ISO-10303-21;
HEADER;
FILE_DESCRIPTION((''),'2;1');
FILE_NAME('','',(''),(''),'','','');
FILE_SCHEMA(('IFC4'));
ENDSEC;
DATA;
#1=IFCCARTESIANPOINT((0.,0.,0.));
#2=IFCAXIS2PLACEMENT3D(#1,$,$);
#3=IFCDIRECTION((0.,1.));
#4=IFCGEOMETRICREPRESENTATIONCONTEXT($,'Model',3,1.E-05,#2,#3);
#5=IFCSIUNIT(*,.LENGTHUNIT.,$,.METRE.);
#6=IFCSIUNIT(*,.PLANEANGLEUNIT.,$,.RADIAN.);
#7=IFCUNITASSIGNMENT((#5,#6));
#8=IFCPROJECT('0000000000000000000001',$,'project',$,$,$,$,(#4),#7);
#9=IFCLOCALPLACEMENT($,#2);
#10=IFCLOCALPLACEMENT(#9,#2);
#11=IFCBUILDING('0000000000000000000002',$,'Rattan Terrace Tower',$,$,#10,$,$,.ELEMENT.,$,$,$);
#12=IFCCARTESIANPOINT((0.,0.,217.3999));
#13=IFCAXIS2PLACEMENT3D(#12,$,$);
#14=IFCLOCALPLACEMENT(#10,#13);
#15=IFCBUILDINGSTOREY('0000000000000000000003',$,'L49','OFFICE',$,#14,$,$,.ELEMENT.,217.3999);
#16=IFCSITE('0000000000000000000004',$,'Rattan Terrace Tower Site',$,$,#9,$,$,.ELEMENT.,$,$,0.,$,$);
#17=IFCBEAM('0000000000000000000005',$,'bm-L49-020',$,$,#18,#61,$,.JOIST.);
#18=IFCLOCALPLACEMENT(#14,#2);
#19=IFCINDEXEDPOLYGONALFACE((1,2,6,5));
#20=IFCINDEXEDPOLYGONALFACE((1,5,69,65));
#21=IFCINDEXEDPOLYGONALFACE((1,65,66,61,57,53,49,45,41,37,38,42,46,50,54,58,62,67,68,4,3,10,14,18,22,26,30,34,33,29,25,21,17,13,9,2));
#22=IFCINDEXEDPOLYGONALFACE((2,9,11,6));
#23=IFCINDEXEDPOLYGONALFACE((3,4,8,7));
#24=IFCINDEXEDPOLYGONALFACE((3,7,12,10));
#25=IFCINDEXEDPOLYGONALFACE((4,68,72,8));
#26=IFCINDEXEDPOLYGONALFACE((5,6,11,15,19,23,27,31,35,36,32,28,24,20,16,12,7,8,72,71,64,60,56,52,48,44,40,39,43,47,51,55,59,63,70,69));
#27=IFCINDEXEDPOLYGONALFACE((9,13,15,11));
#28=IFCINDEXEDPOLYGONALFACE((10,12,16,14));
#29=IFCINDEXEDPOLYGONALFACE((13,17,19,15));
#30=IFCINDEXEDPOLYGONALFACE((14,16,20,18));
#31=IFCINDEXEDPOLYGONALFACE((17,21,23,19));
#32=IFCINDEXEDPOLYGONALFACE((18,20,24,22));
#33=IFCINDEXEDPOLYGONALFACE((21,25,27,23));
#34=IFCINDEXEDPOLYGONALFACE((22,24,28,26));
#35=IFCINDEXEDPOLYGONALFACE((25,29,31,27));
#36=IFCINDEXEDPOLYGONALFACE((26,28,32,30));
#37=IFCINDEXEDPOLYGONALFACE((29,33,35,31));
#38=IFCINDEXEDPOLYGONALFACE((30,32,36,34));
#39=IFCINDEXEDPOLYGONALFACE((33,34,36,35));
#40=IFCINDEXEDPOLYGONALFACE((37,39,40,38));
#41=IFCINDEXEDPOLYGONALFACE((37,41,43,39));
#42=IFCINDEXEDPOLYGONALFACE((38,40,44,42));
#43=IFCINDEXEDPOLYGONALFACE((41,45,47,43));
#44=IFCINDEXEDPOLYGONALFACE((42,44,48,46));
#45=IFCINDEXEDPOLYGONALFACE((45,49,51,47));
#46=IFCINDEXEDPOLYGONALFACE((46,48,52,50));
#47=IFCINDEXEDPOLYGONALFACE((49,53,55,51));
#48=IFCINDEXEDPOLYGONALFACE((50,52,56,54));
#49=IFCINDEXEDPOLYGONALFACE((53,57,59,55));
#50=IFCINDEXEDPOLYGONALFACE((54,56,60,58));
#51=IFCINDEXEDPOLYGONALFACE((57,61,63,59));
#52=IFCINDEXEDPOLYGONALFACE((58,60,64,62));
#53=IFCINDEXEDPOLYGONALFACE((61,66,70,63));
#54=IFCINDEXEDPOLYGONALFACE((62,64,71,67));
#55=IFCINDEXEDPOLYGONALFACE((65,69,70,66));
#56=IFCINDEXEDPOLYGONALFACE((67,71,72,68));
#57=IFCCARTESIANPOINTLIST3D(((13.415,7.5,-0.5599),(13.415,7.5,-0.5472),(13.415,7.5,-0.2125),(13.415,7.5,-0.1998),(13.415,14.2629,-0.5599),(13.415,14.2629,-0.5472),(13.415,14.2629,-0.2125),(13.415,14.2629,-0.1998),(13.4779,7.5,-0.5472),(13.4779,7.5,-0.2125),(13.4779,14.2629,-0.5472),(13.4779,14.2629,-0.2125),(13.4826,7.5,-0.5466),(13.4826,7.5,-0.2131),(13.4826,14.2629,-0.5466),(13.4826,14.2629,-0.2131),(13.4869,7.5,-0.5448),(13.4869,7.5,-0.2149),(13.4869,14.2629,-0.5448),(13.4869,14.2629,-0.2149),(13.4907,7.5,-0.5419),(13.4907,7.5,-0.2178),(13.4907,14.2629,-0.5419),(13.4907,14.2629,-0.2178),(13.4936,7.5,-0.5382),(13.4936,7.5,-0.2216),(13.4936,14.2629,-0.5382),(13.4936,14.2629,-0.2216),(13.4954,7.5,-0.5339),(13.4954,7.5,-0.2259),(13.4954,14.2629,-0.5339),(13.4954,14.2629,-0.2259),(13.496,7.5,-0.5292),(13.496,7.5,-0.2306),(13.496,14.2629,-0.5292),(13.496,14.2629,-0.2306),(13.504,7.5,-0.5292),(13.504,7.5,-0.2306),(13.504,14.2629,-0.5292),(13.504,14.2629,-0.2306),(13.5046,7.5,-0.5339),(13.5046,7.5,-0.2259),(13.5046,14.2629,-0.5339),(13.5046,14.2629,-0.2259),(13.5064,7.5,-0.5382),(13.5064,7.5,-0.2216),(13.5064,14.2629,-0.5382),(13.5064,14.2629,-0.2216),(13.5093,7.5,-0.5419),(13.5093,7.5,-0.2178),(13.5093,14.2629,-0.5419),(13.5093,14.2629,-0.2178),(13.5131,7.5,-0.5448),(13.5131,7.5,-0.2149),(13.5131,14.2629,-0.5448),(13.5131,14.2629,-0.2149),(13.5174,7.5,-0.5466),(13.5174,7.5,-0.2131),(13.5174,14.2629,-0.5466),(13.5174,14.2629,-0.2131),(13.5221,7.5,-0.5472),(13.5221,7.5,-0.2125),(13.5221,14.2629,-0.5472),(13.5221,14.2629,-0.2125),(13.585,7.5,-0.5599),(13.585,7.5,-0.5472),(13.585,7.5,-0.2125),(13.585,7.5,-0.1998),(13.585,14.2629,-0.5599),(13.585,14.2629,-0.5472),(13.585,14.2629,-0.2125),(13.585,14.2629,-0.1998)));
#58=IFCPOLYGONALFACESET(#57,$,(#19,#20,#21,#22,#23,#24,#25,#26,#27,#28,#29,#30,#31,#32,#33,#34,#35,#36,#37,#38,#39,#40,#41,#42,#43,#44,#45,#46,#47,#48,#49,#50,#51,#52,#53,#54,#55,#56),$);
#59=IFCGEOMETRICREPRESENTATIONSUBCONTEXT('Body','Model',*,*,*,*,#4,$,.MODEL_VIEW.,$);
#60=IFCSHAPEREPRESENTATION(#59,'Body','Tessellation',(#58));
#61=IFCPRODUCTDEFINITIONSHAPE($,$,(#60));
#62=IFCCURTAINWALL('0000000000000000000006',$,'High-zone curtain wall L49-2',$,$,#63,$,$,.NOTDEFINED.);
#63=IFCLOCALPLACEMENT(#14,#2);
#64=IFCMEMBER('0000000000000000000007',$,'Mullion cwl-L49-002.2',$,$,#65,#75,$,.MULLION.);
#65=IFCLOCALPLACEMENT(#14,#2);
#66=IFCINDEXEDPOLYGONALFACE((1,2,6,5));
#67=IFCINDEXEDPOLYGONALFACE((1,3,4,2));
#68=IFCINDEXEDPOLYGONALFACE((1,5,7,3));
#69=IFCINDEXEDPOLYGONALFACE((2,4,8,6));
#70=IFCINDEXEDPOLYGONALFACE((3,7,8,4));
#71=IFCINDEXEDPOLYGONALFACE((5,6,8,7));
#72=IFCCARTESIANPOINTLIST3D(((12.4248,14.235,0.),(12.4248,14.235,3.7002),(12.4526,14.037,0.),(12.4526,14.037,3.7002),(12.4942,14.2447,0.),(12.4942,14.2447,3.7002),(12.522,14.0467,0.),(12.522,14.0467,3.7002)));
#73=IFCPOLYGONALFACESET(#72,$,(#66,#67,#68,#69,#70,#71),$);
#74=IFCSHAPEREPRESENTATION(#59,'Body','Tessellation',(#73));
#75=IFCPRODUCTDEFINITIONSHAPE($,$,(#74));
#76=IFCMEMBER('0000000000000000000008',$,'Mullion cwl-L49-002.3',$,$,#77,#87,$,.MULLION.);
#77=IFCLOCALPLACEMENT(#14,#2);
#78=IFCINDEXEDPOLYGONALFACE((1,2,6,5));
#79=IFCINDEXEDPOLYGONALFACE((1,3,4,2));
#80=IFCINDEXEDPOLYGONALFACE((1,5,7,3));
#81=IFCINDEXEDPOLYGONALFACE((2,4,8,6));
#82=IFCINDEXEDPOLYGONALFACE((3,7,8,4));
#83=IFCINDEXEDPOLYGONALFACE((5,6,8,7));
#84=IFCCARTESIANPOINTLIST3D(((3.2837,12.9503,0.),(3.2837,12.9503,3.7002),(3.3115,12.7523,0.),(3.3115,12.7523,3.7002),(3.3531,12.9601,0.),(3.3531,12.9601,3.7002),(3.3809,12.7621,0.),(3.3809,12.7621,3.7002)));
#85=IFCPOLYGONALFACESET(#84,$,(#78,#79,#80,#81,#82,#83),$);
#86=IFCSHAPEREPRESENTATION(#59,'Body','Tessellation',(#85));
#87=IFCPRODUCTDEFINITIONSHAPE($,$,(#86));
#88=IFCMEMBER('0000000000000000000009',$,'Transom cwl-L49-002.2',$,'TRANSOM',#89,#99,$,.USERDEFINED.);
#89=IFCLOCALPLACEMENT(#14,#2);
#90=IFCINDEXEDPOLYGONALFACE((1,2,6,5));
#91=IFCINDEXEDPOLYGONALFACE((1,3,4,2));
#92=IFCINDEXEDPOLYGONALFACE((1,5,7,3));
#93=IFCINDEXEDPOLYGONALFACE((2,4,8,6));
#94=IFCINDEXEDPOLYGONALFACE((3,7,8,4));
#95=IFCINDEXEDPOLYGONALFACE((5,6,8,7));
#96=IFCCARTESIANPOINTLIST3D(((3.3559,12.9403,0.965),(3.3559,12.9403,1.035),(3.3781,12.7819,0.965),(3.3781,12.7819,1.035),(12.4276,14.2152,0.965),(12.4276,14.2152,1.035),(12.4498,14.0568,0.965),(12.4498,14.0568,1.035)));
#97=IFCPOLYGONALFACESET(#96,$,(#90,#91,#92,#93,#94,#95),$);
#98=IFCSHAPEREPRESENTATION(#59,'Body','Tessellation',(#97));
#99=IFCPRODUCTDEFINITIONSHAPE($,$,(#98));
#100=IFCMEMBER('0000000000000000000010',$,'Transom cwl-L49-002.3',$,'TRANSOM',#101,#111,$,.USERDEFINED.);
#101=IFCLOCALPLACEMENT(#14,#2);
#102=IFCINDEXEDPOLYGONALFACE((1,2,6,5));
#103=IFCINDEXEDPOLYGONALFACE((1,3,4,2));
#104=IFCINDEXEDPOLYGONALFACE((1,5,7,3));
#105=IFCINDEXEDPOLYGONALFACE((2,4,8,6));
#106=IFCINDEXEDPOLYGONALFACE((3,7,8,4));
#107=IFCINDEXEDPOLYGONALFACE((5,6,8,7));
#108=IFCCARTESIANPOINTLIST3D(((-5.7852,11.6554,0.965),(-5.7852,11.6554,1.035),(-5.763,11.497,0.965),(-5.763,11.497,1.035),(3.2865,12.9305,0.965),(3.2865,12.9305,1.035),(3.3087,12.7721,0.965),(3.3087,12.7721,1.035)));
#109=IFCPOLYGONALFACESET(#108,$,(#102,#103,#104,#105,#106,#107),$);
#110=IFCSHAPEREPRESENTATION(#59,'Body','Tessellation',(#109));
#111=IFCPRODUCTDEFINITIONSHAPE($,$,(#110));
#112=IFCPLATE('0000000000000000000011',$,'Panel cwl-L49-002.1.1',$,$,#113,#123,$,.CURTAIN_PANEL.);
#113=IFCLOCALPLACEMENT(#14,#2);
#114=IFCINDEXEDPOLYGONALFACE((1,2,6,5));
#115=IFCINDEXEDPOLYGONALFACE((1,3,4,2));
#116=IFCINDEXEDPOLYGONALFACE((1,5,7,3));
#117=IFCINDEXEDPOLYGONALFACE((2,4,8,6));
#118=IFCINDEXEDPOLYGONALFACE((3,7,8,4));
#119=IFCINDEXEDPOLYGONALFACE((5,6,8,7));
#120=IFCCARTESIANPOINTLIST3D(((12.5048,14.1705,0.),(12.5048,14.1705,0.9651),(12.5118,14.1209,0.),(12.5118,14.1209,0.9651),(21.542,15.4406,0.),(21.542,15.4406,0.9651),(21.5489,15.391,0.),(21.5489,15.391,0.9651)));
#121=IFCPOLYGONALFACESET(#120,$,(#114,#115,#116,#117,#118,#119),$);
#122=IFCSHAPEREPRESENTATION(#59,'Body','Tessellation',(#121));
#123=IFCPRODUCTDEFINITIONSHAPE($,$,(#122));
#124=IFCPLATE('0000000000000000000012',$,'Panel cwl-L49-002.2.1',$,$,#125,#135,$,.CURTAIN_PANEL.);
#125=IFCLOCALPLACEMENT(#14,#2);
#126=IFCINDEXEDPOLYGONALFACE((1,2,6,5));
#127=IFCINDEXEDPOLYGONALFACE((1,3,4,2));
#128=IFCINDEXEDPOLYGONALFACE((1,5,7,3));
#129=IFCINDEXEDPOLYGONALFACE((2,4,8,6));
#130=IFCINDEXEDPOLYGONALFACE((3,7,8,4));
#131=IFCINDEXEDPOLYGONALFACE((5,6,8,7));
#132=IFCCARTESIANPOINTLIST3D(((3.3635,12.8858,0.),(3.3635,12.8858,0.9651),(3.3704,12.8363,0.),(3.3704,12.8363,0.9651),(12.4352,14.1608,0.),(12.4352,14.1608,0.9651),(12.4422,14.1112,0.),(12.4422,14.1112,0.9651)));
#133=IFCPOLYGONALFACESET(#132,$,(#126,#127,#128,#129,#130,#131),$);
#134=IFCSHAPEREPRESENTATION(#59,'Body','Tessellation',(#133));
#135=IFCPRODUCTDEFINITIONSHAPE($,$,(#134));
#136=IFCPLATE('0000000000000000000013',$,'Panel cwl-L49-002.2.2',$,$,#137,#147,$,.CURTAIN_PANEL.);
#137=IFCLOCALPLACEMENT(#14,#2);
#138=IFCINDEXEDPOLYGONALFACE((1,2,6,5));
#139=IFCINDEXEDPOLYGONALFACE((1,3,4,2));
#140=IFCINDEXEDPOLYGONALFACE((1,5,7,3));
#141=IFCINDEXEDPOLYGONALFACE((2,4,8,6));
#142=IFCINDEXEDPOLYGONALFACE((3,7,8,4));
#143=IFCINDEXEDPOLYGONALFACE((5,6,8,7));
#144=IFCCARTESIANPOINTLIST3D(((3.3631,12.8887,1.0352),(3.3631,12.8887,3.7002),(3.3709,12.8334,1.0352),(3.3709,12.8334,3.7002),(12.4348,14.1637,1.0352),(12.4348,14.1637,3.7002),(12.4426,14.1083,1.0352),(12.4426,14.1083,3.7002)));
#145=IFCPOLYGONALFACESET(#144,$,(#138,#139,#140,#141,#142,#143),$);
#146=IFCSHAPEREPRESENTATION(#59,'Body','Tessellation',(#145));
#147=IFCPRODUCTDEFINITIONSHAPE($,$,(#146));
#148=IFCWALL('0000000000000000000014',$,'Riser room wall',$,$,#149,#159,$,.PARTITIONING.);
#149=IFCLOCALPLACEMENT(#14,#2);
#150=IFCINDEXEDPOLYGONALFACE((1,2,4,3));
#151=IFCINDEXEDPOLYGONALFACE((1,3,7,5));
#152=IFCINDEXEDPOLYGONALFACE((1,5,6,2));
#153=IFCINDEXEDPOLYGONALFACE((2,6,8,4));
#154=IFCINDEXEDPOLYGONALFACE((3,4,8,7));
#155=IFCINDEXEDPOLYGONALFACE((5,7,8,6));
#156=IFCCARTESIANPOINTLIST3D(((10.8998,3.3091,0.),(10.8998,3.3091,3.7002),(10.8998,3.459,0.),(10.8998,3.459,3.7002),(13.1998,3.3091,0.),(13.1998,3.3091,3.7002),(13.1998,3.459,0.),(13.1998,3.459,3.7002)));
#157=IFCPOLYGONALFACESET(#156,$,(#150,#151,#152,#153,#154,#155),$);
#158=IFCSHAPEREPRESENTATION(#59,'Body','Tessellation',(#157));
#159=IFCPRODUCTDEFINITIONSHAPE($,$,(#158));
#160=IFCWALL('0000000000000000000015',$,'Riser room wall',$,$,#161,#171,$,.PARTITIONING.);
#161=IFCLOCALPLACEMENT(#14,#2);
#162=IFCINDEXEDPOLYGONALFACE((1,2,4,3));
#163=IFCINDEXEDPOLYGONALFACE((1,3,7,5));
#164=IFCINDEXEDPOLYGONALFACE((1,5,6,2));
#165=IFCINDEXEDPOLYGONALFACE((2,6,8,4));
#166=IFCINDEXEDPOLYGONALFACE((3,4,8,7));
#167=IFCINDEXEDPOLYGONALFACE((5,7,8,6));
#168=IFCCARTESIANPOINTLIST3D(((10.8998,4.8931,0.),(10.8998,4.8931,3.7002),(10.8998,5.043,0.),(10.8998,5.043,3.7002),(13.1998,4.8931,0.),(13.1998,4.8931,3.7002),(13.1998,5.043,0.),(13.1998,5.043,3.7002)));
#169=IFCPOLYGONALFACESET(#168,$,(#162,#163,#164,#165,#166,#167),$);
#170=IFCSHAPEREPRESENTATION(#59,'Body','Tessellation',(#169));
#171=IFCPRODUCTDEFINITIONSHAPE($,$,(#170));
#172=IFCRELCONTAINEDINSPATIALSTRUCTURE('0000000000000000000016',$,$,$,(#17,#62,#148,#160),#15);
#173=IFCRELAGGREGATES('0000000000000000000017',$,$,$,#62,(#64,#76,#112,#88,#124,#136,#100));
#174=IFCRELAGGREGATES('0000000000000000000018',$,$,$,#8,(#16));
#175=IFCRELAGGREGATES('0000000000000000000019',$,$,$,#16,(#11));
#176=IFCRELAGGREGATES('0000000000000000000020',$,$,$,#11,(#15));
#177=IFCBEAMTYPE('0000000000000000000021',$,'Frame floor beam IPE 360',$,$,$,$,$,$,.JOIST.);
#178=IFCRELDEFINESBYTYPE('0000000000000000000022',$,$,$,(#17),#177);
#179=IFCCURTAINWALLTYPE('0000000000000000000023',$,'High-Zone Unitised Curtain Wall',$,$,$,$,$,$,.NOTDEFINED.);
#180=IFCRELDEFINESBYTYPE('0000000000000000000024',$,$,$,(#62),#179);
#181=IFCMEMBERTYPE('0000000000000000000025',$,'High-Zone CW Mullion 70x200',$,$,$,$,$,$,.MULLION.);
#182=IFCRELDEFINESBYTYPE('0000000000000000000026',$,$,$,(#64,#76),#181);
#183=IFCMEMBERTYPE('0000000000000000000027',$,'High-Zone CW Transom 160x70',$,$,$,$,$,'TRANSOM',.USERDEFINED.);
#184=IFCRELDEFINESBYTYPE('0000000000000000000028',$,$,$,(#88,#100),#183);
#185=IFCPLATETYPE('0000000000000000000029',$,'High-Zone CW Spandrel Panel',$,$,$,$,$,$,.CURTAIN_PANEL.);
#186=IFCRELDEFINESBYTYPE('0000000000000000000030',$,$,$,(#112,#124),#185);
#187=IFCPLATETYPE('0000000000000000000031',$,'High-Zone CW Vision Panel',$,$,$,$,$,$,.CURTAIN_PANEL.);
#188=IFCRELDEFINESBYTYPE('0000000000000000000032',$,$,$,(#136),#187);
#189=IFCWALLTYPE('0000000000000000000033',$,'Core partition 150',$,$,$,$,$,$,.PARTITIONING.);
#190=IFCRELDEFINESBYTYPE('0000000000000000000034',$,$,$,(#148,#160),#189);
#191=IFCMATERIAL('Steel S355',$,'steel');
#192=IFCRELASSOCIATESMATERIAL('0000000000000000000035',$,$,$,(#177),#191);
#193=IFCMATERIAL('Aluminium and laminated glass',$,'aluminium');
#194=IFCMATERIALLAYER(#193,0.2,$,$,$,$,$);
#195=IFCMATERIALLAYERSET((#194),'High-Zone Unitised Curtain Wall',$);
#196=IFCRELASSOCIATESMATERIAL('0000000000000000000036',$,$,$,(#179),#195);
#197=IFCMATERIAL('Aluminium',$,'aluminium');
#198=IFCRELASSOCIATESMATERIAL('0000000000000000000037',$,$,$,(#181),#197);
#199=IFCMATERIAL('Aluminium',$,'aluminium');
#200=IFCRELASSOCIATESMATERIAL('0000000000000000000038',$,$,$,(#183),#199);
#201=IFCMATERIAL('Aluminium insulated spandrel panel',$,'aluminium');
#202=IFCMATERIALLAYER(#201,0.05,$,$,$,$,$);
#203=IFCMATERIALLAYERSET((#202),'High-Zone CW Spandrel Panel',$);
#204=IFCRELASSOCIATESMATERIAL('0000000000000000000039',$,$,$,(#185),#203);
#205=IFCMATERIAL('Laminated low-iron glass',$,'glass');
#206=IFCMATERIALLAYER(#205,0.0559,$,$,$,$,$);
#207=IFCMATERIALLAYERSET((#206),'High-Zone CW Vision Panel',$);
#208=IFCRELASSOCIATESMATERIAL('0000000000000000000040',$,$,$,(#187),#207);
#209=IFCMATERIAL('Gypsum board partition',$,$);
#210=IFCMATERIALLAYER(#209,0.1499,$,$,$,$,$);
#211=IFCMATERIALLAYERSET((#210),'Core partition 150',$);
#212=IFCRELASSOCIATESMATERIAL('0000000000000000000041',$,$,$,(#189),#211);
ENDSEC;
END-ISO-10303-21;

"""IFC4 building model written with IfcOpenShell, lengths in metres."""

from ifc_helpers import new_model, si_unit, direction, frame, frame_2d, origin, origin_2d, place, context, subcontext, project, spatial, rectangle, i_section, extrude, material, layer, layer_set, material_profile, profile_set, type_object, element, aggregate, save


model = new_model("IFC4")

# Units and contexts
model_context = context("Model", 3, precision=1e-05, world=origin(), true_north=direction((0.0, 1.0)))
body_context = subcontext(model_context, "Body", "Model", "MODEL_VIEW")
ifc_project = project(units=[si_unit("LENGTHUNIT", "METRE"), si_unit("PLANEANGLEUNIT", "RADIAN")], contexts=[model_context])

# Site, building, storey
site_placement = place(None, origin())
site = spatial("IfcSite", under=ifc_project, at=site_placement, Name="Rattan Terrace Tower Site", CompositionType="ELEMENT", RefElevation=0.0)
building_placement = place(site_placement, origin())
building = spatial("IfcBuilding", under=site, at=building_placement, Name="Rattan Terrace Tower", CompositionType="ELEMENT")
storey_placement = place(building_placement, frame((0.0, 0.0, 217.3999)))
storey = spatial("IfcBuildingStorey", under=building, at=storey_placement, Name="L49", Description="OFFICE", CompositionType="ELEMENT", Elevation=217.3999)

# Beam
ifc_material_1 = material(Name="Steel S355", Category="steel")
ifc_material_profile_1 = material_profile(ifc_material_1, i_section(OverallWidth=0.1699, OverallDepth=0.3601, WebThickness=0.0081, FlangeThickness=0.0127, FilletRadius=0.0181, at=origin_2d()), Name="IPE 360")
ifc_profile_set_1 = profile_set([ifc_material_profile_1], Name="Steel S355")
beam_type_1 = type_object("IfcBeamType", Name="Frame floor beam IPE 360", PredefinedType="JOIST", material=ifc_profile_set_1)
beam_1_placement = place(storey_placement, frame((13.5, 7.5, -0.3799), z_axis=(0.0, 1.0, 0.0), x_axis=(-1.0, 0.0, 0.0)))
element("IfcBeam", 1, at=beam_1_placement, inside=storey, type_object=beam_type_1, Name="bm-L49-020", PredefinedType="JOIST", context=body_context, shape_type="SweptSolid", body=[
    extrude(i_section(OverallWidth=0.1699, OverallDepth=0.3601, WebThickness=0.0081, FlangeThickness=0.0127, FilletRadius=0.0181, at=origin_2d()), origin(), (0.0, 0.0, 1.0), 6.7629),
])

# Curtain wall, members, plates
ifc_material_2 = material(Name="Aluminium and laminated glass", Category="aluminium")
ifc_layer_1 = layer(ifc_material_2, 0.2)
ifc_layer_set_1 = layer_set([ifc_layer_1], Name="High-Zone Unitised Curtain Wall")
curtain_wall_type = type_object("IfcCurtainWallType", Name="High-Zone Unitised Curtain Wall", PredefinedType="NOTDEFINED", material=ifc_layer_set_1)
curtain_wall_placement = place(storey_placement, origin())
curtain_wall = element("IfcCurtainWall", 2, at=curtain_wall_placement, inside=storey, type_object=curtain_wall_type, Name="High-zone curtain wall L49-2", PredefinedType="NOTDEFINED")
ifc_material_3 = material(Name="Aluminium", Category="aluminium")
ifc_material_profile_2 = material_profile(ifc_material_3, rectangle(XDim=0.0701, YDim=0.2, at=origin_2d()), Name="Aluminium 70x200")
ifc_profile_set_2 = profile_set([ifc_material_profile_2], Name="Aluminium")
member_type_1 = type_object("IfcMemberType", Name="High-Zone CW Mullion 70x200", PredefinedType="MULLION", material=ifc_profile_set_2)
member_1_placement = place(storey_placement, frame((12.4734, 14.1409, 0.0), z_axis=(0.0, 0.0, 1.0), x_axis=(-0.990267, -0.139177, 0.0)))
member_1 = element("IfcMember", 3, at=member_1_placement, type_object=member_type_1, Name="Mullion cwl-L49-002.2", PredefinedType="MULLION", context=body_context, shape_type="SweptSolid", body=[
    extrude(rectangle(XDim=0.0701, YDim=0.2, at=origin_2d()), origin(), (0.0, 0.0, 1.0), 3.7002),
])
member_2_placement = place(storey_placement, frame((3.3323, 12.8562, 0.0), z_axis=(0.0, 0.0, 1.0), x_axis=(-0.990267, -0.139177, 0.0)))
member_2 = element("IfcMember", 4, at=member_2_placement, type_object=member_type_1, Name="Mullion cwl-L49-002.3", PredefinedType="MULLION", context=body_context, shape_type="SweptSolid", body=[
    extrude(rectangle(XDim=0.0701, YDim=0.2, at=origin_2d()), origin(), (0.0, 0.0, 1.0), 3.7002),
])
ifc_material_4 = material(Name="Aluminium", Category="aluminium")
ifc_material_profile_3 = material_profile(ifc_material_4, rectangle(XDim=0.1599, YDim=0.0701, at=origin_2d()), Name="Aluminium 160x70")
ifc_profile_set_3 = profile_set([ifc_material_profile_3], Name="Aluminium")
member_type_2 = type_object("IfcMemberType", Name="High-Zone CW Transom 160x70", ElementType="TRANSOM", PredefinedType="USERDEFINED", material=ifc_profile_set_3)
member_3_placement = place(storey_placement, frame((12.4387, 14.136, 1.0), z_axis=(-0.990269, -0.139167, 0.0), x_axis=(0.139167, -0.990269, 0.0)))
member_3 = element("IfcMember", 5, at=member_3_placement, type_object=member_type_2, Name="Transom cwl-L49-002.2", ObjectType="TRANSOM", PredefinedType="USERDEFINED", context=body_context, shape_type="SweptSolid", body=[
    extrude(rectangle(XDim=0.1599, YDim=0.0701, at=origin_2d()), origin(), (0.0, 0.0, 1.0), 9.1609),
])
member_4_placement = place(storey_placement, frame((3.2976, 12.8513, 1.0), z_axis=(-0.990265, -0.139194, 0.0), x_axis=(0.139194, -0.990265, 0.0)))
member_4 = element("IfcMember", 6, at=member_4_placement, type_object=member_type_2, Name="Transom cwl-L49-002.3", ObjectType="TRANSOM", PredefinedType="USERDEFINED", context=body_context, shape_type="SweptSolid", body=[
    extrude(rectangle(XDim=0.1599, YDim=0.0701, at=origin_2d()), origin(), (0.0, 0.0, 1.0), 9.1609),
])
ifc_material_5 = material(Name="Aluminium insulated spandrel panel", Category="aluminium")
ifc_layer_2 = layer(ifc_material_5, 0.05)
ifc_layer_set_2 = layer_set([ifc_layer_2], Name="High-Zone CW Spandrel Panel")
plate_type_1 = type_object("IfcPlateType", Name="High-Zone CW Spandrel Panel", PredefinedType="CURTAIN_PANEL", material=ifc_layer_set_2)
plate_1_placement = place(storey_placement, frame((17.0269, 14.7808, 0.0), z_axis=(0.0, 0.0, 1.0), x_axis=(-0.990267, -0.139177, 0.0)))
plate_1 = element("IfcPlate", 7, at=plate_1_placement, type_object=plate_type_1, Name="Panel cwl-L49-002.1.1", PredefinedType="CURTAIN_PANEL", context=body_context, shape_type="SweptSolid", body=[
    extrude(rectangle(XDim=9.126, YDim=0.05, at=origin_2d()), origin(), (0.0, 0.0, 1.0), 0.9651),
])
plate_2_placement = place(storey_placement, frame((7.9028, 13.4985, 0.0), z_axis=(0.0, 0.0, 1.0), x_axis=(-0.990267, -0.139177, 0.0)))
plate_2 = element("IfcPlate", 8, at=plate_2_placement, type_object=plate_type_1, Name="Panel cwl-L49-002.2.1", PredefinedType="CURTAIN_PANEL", context=body_context, shape_type="SweptSolid", body=[
    extrude(rectangle(XDim=9.1609, YDim=0.05, at=origin_2d()), origin(), (0.0, 0.0, 1.0), 0.9651),
])
ifc_material_6 = material(Name="Laminated low-iron glass", Category="glass")
ifc_layer_3 = layer(ifc_material_6, 0.0559)
ifc_layer_set_3 = layer_set([ifc_layer_3], Name="High-Zone CW Vision Panel")
plate_type_2 = type_object("IfcPlateType", Name="High-Zone CW Vision Panel", PredefinedType="CURTAIN_PANEL", material=ifc_layer_set_3)
plate_3_placement = place(storey_placement, frame((7.9028, 13.4985, 1.0352), z_axis=(0.0, 0.0, 1.0), x_axis=(-0.990267, -0.139177, 0.0)))
plate_3 = element("IfcPlate", 9, at=plate_3_placement, type_object=plate_type_2, Name="Panel cwl-L49-002.2.2", PredefinedType="CURTAIN_PANEL", context=body_context, shape_type="SweptSolid", body=[
    extrude(rectangle(XDim=9.1609, YDim=0.0559, at=origin_2d()), origin(), (0.0, 0.0, 1.0), 2.665),
])
aggregate(curtain_wall, [member_1, member_2, plate_1, member_3, plate_2, plate_3, member_4])

# Walls
ifc_material_7 = material(Name="Gypsum board partition")
ifc_layer_4 = layer(ifc_material_7, 0.1499)
ifc_layer_set_4 = layer_set([ifc_layer_4], Name="Core partition 150")
wall_type_1 = type_object("IfcWallType", Name="Core partition 150", PredefinedType="PARTITIONING", material=ifc_layer_set_4)
for number, where, z_axis, x_axis, name in (
    (10, (10.8999, 3.384, 0.0), (0.0, 0.0, 1.0), (1.0, 0.0, 0.0), "Riser room wall"),
    (11, (10.8999, 4.968, 0.0), (0.0, 0.0, 1.0), (1.0, 0.0, 0.0), "Riser room wall"),
):
    element("IfcWall", number, at=place(storey_placement, frame(where, z_axis=z_axis, x_axis=x_axis)), inside=storey, type_object=wall_type_1, Name=name, PredefinedType="PARTITIONING", context=body_context, shape_type="SweptSolid", body=[
        extrude(rectangle(XDim=2.3, YDim=0.1499, at=frame_2d((1.1499, 0.0))), origin(), (0.0, 0.0, 1.0), 3.7002),
    ])

save(model, "model.ifc")
